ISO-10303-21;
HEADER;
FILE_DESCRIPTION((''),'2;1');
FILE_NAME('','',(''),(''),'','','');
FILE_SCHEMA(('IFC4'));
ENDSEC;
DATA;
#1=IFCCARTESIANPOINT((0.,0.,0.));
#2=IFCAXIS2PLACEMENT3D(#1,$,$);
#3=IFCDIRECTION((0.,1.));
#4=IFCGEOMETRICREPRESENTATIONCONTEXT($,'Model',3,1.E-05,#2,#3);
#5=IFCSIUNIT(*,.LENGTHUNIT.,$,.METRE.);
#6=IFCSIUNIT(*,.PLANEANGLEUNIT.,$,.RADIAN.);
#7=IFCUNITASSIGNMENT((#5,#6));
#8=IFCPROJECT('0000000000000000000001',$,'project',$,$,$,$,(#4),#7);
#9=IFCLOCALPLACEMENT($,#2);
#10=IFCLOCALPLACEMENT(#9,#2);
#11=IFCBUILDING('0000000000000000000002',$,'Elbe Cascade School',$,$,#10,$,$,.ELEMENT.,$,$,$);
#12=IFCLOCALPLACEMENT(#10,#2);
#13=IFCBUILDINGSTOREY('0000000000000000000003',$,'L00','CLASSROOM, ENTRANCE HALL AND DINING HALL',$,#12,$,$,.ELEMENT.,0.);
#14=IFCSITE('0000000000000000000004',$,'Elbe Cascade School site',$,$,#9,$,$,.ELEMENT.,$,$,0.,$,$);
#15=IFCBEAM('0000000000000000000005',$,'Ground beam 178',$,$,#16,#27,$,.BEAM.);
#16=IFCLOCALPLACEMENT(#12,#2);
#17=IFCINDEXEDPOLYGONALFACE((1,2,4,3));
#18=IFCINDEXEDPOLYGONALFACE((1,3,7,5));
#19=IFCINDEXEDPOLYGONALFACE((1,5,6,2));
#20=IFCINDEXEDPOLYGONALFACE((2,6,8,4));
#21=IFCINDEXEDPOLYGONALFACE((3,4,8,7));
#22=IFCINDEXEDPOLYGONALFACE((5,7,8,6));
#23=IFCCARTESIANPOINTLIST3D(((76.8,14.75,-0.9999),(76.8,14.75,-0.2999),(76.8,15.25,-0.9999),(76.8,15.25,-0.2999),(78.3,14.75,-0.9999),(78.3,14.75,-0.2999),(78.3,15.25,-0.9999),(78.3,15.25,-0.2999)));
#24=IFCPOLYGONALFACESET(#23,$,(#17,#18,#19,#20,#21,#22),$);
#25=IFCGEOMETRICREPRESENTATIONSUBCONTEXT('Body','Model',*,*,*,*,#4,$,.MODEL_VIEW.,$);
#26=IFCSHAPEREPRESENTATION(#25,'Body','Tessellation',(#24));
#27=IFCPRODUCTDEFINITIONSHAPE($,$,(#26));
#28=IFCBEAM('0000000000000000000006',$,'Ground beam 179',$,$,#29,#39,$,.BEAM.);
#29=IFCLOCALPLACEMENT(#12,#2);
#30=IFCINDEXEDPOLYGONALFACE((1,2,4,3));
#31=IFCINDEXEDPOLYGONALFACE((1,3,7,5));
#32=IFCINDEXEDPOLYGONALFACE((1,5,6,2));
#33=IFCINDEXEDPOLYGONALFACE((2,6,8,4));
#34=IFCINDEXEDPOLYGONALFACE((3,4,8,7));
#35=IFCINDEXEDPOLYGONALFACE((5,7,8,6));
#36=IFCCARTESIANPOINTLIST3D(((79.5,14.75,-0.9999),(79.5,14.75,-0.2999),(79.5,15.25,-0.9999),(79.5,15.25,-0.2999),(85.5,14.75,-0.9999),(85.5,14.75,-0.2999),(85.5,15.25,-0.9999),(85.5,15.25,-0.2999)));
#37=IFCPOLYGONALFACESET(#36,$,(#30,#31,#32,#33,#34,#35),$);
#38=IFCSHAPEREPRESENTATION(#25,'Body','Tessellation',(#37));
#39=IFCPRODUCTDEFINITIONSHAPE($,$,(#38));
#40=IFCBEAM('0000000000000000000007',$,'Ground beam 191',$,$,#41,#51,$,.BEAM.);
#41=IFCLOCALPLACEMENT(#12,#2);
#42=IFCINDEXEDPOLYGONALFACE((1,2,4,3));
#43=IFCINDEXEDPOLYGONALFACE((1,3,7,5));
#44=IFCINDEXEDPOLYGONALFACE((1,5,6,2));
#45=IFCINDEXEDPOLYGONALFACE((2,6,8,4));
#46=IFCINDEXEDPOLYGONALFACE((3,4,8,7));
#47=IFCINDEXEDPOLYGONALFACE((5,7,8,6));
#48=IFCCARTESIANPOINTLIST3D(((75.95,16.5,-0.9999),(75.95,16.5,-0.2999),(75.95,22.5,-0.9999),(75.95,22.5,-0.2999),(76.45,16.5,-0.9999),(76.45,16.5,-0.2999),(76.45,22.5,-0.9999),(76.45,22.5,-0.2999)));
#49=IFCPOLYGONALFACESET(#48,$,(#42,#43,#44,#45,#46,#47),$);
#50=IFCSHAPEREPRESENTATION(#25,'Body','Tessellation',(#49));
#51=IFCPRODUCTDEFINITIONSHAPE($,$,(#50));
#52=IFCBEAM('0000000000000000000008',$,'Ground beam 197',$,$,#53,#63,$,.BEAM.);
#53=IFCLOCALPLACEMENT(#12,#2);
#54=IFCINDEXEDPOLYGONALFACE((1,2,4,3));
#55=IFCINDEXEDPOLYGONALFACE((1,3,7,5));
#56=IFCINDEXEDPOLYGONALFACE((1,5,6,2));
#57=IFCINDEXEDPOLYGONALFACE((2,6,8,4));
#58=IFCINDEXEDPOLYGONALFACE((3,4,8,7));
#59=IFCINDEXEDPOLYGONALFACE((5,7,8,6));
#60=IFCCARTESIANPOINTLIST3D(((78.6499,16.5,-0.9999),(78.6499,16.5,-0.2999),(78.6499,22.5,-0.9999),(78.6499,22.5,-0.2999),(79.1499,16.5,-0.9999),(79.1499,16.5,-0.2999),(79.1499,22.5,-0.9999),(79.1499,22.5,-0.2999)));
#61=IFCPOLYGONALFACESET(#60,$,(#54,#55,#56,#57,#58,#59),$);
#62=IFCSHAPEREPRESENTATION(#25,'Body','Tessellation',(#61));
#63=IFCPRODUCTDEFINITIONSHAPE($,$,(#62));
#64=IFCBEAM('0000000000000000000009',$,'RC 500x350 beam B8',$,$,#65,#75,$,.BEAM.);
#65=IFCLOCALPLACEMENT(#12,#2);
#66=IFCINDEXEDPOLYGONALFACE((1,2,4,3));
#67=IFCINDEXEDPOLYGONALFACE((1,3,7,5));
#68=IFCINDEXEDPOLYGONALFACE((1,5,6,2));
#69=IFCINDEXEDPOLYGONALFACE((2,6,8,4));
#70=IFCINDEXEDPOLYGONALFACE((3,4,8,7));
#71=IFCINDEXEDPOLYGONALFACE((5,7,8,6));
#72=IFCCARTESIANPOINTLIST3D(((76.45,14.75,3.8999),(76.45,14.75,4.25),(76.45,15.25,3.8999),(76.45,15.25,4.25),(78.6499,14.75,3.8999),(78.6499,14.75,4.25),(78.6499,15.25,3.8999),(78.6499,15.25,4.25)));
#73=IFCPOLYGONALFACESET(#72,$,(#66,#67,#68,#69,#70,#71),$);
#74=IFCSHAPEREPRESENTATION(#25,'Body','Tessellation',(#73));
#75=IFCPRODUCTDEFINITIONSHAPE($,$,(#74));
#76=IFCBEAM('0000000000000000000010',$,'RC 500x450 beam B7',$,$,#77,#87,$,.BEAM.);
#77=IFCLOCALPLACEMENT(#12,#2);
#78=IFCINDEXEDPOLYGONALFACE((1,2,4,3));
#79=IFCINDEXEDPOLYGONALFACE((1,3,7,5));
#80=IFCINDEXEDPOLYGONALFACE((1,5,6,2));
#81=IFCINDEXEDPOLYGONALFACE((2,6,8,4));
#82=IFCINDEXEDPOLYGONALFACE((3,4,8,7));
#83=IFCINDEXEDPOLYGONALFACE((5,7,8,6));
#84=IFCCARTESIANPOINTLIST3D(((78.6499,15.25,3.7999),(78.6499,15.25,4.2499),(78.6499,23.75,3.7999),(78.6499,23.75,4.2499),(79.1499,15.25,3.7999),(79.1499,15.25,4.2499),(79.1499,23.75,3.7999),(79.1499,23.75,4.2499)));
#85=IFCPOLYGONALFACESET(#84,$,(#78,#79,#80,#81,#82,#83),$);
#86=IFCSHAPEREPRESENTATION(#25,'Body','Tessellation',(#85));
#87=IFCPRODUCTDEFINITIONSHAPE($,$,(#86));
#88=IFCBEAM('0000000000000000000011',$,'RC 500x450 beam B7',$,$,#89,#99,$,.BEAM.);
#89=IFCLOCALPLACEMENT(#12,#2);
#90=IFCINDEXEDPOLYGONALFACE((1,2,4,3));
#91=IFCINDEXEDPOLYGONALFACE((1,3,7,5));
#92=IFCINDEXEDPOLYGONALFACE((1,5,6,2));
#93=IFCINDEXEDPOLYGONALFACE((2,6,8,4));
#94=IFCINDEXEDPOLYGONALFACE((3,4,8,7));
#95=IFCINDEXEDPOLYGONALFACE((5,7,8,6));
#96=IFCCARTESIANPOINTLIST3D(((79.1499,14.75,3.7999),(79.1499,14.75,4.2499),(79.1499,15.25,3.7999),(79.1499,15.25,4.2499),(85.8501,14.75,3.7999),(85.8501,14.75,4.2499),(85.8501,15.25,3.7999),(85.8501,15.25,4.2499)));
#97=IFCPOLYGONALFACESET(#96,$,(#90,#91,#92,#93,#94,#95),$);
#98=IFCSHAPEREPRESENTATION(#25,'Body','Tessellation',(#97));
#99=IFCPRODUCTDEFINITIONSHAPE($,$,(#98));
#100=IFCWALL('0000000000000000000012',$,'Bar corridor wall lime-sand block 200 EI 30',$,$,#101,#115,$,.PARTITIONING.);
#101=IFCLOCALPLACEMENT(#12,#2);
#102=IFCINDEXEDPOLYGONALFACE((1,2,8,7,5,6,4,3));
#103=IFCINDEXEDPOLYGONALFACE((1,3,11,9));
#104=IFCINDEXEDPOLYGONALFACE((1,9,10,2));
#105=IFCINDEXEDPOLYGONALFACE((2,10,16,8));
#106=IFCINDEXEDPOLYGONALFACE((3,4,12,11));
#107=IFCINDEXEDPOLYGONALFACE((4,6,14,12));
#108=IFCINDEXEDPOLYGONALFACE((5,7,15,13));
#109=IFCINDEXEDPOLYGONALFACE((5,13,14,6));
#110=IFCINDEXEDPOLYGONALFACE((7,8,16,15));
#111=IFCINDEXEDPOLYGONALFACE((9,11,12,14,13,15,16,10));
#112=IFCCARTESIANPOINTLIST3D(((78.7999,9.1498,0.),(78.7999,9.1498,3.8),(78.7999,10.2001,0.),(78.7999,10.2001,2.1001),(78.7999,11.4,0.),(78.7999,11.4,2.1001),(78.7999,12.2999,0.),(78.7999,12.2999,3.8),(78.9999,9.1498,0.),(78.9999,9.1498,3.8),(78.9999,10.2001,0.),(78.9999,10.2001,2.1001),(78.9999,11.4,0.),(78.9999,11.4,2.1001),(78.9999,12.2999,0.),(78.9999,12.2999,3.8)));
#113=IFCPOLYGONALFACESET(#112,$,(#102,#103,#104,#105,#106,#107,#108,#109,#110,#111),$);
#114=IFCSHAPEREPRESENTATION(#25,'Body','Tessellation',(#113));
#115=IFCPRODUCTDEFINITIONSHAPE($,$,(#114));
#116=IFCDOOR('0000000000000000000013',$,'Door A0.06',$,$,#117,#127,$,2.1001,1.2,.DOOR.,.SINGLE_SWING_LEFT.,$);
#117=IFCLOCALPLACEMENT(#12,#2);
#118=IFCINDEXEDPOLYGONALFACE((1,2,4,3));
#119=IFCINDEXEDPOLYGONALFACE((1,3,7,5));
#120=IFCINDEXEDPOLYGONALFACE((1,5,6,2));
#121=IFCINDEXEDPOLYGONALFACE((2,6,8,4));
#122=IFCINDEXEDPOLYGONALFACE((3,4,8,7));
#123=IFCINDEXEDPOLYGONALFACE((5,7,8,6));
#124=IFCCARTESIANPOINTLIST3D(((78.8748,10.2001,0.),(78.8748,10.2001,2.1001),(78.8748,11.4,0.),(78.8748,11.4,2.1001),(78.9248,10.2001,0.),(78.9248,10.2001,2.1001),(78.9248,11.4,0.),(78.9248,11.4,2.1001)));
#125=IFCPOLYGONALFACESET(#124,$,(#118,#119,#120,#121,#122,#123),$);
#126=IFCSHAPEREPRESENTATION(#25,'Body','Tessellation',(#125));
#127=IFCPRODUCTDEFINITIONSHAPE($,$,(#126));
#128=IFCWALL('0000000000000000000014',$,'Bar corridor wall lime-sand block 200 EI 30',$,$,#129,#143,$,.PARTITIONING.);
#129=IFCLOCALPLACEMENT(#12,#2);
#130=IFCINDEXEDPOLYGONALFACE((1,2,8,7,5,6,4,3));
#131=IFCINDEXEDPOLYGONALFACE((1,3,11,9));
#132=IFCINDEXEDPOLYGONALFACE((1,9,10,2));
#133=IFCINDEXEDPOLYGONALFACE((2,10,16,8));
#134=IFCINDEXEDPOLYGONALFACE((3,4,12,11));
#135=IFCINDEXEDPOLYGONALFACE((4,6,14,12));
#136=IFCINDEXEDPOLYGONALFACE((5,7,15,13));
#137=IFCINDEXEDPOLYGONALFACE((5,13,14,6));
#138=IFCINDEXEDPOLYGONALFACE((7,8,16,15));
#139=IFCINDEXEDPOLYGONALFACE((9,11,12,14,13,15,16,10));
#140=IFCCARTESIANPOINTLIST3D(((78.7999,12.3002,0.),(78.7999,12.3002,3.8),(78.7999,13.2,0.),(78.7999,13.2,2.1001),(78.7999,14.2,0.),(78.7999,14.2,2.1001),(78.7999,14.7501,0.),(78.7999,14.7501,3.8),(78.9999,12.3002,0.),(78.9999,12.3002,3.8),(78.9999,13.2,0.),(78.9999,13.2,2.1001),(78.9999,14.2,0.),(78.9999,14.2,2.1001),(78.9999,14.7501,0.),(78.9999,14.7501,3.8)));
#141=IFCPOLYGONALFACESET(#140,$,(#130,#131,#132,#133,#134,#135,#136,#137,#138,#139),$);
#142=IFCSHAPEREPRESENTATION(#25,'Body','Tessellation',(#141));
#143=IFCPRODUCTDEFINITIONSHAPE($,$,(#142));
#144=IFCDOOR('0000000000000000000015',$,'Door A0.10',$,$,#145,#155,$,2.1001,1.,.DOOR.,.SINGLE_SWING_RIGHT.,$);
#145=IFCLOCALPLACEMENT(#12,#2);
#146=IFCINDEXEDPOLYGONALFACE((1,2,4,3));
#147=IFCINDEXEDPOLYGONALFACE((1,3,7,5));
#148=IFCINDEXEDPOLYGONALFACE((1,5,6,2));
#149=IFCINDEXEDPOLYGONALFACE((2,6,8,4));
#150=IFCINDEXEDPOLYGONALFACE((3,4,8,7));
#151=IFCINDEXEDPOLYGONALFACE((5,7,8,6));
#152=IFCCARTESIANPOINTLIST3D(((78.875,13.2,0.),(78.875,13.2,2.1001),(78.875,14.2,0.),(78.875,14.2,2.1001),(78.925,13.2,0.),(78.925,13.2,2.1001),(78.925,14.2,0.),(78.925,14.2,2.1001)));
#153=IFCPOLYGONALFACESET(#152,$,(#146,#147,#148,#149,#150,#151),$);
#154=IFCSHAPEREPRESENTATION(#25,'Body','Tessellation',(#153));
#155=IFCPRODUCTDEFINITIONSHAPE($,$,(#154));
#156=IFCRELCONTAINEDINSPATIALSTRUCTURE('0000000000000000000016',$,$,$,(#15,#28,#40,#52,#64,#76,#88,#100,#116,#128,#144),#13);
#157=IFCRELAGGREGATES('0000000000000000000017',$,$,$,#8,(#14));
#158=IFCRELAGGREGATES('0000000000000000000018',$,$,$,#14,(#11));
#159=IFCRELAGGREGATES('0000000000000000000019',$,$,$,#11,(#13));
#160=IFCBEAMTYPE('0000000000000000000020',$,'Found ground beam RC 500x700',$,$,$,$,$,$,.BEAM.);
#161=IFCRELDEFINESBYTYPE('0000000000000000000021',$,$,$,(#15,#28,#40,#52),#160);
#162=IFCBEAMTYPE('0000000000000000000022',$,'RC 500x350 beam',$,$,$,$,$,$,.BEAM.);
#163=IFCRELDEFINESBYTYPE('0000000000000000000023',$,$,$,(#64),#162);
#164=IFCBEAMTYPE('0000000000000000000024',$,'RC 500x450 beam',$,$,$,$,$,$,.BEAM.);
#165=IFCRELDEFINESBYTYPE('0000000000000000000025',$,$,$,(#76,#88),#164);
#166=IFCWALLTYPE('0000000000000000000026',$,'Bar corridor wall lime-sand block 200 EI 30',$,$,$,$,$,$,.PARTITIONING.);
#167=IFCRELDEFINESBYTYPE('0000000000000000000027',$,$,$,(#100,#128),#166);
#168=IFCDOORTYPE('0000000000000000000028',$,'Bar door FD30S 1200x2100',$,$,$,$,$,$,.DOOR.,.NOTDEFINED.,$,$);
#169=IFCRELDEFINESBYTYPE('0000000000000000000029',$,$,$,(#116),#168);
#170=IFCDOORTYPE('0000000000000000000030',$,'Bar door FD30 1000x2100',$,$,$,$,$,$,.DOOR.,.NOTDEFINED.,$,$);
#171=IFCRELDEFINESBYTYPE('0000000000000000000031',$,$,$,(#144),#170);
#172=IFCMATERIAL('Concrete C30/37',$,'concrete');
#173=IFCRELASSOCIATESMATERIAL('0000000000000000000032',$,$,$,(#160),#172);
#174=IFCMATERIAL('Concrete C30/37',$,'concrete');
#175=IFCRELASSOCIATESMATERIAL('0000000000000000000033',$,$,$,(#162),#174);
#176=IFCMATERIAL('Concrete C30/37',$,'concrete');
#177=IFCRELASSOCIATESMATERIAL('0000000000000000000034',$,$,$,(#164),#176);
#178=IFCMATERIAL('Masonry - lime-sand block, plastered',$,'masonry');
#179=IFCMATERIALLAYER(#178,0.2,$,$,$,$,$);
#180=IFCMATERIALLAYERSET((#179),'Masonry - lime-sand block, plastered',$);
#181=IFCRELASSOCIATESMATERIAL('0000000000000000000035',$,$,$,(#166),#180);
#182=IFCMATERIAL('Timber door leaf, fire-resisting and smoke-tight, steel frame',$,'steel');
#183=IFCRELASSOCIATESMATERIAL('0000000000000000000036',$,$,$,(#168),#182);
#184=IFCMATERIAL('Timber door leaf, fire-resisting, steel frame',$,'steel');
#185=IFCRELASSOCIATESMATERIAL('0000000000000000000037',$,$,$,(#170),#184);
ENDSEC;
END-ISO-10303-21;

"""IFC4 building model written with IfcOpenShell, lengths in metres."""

from ifc_helpers import new_model, si_unit, direction, frame, frame_2d, origin, origin_2d, place, context, subcontext, project, spatial, rectangle, extrude, material, layer, layer_set, material_profile, profile_set, type_object, element, fill, save


model = new_model("IFC4")

# Units and contexts
model_context = context("Model", 3, precision=1e-05, world=origin(), true_north=direction((0.0, 1.0)))
body_context = subcontext(model_context, "Body", "Model", "MODEL_VIEW")
ifc_project = project(units=[si_unit("LENGTHUNIT", "METRE"), si_unit("PLANEANGLEUNIT", "RADIAN")], contexts=[model_context])

# Site, building, storey
site_placement = place(None, origin())
site = spatial("IfcSite", under=ifc_project, at=site_placement, Name="Elbe Cascade School site", CompositionType="ELEMENT", RefElevation=0.0)
building_placement = place(site_placement, origin())
building = spatial("IfcBuilding", under=site, at=building_placement, Name="Elbe Cascade School", CompositionType="ELEMENT")
storey_placement = place(building_placement, origin())
storey = spatial("IfcBuildingStorey", under=building, at=storey_placement, Name="L00", Description="CLASSROOM, ENTRANCE HALL AND DINING HALL", CompositionType="ELEMENT", Elevation=0.0)

# Beams
ifc_material_1 = material(Name="Concrete C30/37", Category="concrete")
ifc_material_profile_1 = material_profile(ifc_material_1, rectangle(XDim=0.5, YDim=0.7, at=origin_2d()), Name="RC 500x700")
ifc_profile_set_1 = profile_set([ifc_material_profile_1], Name="Concrete C30/37")
beam_type_1 = type_object("IfcBeamType", Name="Found ground beam RC 500x700", PredefinedType="BEAM", material=ifc_profile_set_1)
beam_1_placement = place(storey_placement, frame((76.8, 15.0, -0.6499), z_axis=(1.0, 0.0, 0.0), x_axis=(0.0, 1.0, 0.0)))
element("IfcBeam", 1, at=beam_1_placement, inside=storey, type_object=beam_type_1, Name="Ground beam 178", PredefinedType="BEAM", context=body_context, shape_type="SweptSolid", body=[
    extrude(rectangle(XDim=0.5, YDim=0.7, at=origin_2d()), origin(), (0.0, 0.0, 1.0), 1.5),
])
for number, where, z_axis, x_axis, name in (
    (2, (79.5, 15.0, -0.6499), (1.0, 0.0, 0.0), (0.0, 1.0, 0.0), "Ground beam 179"),
    (3, (76.2, 16.5, -0.6499), (0.0, 1.0, 0.0), (-1.0, 0.0, 0.0), "Ground beam 191"),
    (4, (78.8999, 16.5, -0.6499), (0.0, 1.0, 0.0), (-1.0, 0.0, 0.0), "Ground beam 197"),
):
    element("IfcBeam", number, at=place(storey_placement, frame(where, z_axis=z_axis, x_axis=x_axis)), inside=storey, type_object=beam_type_1, Name=name, PredefinedType="BEAM", context=body_context, shape_type="SweptSolid", body=[
        extrude(rectangle(XDim=0.5, YDim=0.7, at=origin_2d()), origin(), (0.0, 0.0, 1.0), 6.0),
    ])
ifc_material_2 = material(Name="Concrete C30/37", Category="concrete")
ifc_material_profile_2 = material_profile(ifc_material_2, rectangle(XDim=0.5, YDim=0.3501, at=origin_2d()), Name="RC 500x350")
ifc_profile_set_2 = profile_set([ifc_material_profile_2], Name="Concrete C30/37")
beam_type_2 = type_object("IfcBeamType", Name="RC 500x350 beam", PredefinedType="BEAM", material=ifc_profile_set_2)
beam_2_placement = place(storey_placement, frame((76.45, 15.0, 4.075), z_axis=(1.0, 0.0, 0.0), x_axis=(0.0, 1.0, 0.0)))
element("IfcBeam", 5, at=beam_2_placement, inside=storey, type_object=beam_type_2, Name="RC 500x350 beam B8", PredefinedType="BEAM", context=body_context, shape_type="SweptSolid", body=[
    extrude(rectangle(XDim=0.5, YDim=0.3501, at=origin_2d()), origin(), (0.0, 0.0, 1.0), 2.2),
])
ifc_material_3 = material(Name="Concrete C30/37", Category="concrete")
ifc_material_profile_3 = material_profile(ifc_material_3, rectangle(XDim=0.5, YDim=0.45, at=origin_2d()), Name="RC 500x450")
ifc_profile_set_3 = profile_set([ifc_material_profile_3], Name="Concrete C30/37")
beam_type_3 = type_object("IfcBeamType", Name="RC 500x450 beam", PredefinedType="BEAM", material=ifc_profile_set_3)
beam_3_placement = place(storey_placement, frame((78.8999, 15.25, 4.0249), z_axis=(0.0, 1.0, 0.0), x_axis=(-1.0, 0.0, 0.0)))
element("IfcBeam", 6, at=beam_3_placement, inside=storey, type_object=beam_type_3, Name="RC 500x450 beam B7", PredefinedType="BEAM", context=body_context, shape_type="SweptSolid", body=[
    extrude(rectangle(XDim=0.5, YDim=0.45, at=origin_2d()), origin(), (0.0, 0.0, 1.0), 8.5),
])
beam_4_placement = place(storey_placement, frame((79.1499, 15.0, 4.0249), z_axis=(1.0, 0.0, 0.0), x_axis=(0.0, 1.0, 0.0)))
element("IfcBeam", 7, at=beam_4_placement, inside=storey, type_object=beam_type_3, Name="RC 500x450 beam B7", PredefinedType="BEAM", context=body_context, shape_type="SweptSolid", body=[
    extrude(rectangle(XDim=0.5, YDim=0.45, at=origin_2d()), origin(), (0.0, 0.0, 1.0), 6.7002),
])

# Walls, openings, doors
ifc_material_4 = material(Name="Masonry - lime-sand block, plastered", Category="masonry")
ifc_layer_1 = layer(ifc_material_4, 0.2)
ifc_layer_set_1 = layer_set([ifc_layer_1], Name="Masonry - lime-sand block, plastered")
wall_type_1 = type_object("IfcWallType", Name="Bar corridor wall lime-sand block 200 EI 30", PredefinedType="PARTITIONING", material=ifc_layer_set_1)
wall_1_placement = place(storey_placement, frame((78.8999, 12.3, 0.0), z_axis=(0.0, 0.0, 1.0), x_axis=(0.0, -1.0, 0.0)))
wall_1 = element("IfcWall", 8, at=wall_1_placement, inside=storey, type_object=wall_type_1, Name="Bar corridor wall lime-sand block 200 EI 30", PredefinedType="PARTITIONING", context=body_context, shape_type="SweptSolid", body=[
    extrude(rectangle(XDim=3.1501, YDim=0.2, at=frame_2d((1.5752, 0.0))), origin(), (0.0, 0.0, 1.0), 3.8),
])
opening_1_placement = place(wall_1_placement, frame((0.8999, 0.0, 0.0)))
opening_1 = element("IfcOpeningElement", 9, at=opening_1_placement, cuts=wall_1, PredefinedType="OPENING", context=body_context, shape_type="SweptSolid", body=[
    extrude(rectangle(XDim=1.2, YDim=2.1001, at=frame_2d((0.6001, 1.05))), frame((0.0, 0.1099, 0.0), z_axis=(0.0, -1.0, 0.0), x_axis=(1.0, 0.0, 0.0)), (0.0, 0.0, 1.0), 0.22),
])
ifc_material_5 = material(Name="Timber door leaf, fire-resisting and smoke-tight, steel frame", Category="steel")
door_type_1 = type_object("IfcDoorType", Name="Bar door FD30S 1200x2100", OperationType="NOTDEFINED", PredefinedType="DOOR", material=ifc_material_5)
door_1_placement = place(opening_1_placement, origin())
door_1 = element("IfcDoor", 10, at=door_1_placement, inside=storey, type_object=door_type_1, Name="Door A0.06", OperationType="SINGLE_SWING_LEFT", OverallHeight=2.1001, OverallWidth=1.2, PredefinedType="DOOR", context=body_context, shape_type="SweptSolid", body=[
    extrude(rectangle(XDim=1.2, YDim=2.1001, at=frame_2d((0.6001, 1.05))), frame((0.0, 0.0249, 0.0), z_axis=(0.0, -1.0, 0.0), x_axis=(1.0, 0.0, 0.0)), (0.0, 0.0, 1.0), 0.05),
])
fill(opening_1, door_1)
wall_2_placement = place(storey_placement, frame((78.8999, 12.3, 0.0), z_axis=(0.0, 0.0, 1.0), x_axis=(0.0, 1.0, 0.0)))
wall_2 = element("IfcWall", 11, at=wall_2_placement, inside=storey, type_object=wall_type_1, Name="Bar corridor wall lime-sand block 200 EI 30", PredefinedType="PARTITIONING", context=body_context, shape_type="SweptSolid", body=[
    extrude(rectangle(XDim=2.45, YDim=0.2, at=frame_2d((1.2251, 0.0))), origin(), (0.0, 0.0, 1.0), 3.8),
])
opening_2_placement = place(wall_2_placement, frame((0.8999, 0.0, 0.0)))
opening_2 = element("IfcOpeningElement", 12, at=opening_2_placement, cuts=wall_2, PredefinedType="OPENING", context=body_context, shape_type="SweptSolid", body=[
    extrude(rectangle(XDim=1.0, YDim=2.1001, at=frame_2d((0.5, 1.05))), frame((0.0, 0.1099, 0.0), z_axis=(0.0, -1.0, 0.0), x_axis=(1.0, 0.0, 0.0)), (0.0, 0.0, 1.0), 0.22),
])
ifc_material_6 = material(Name="Timber door leaf, fire-resisting, steel frame", Category="steel")
door_type_2 = type_object("IfcDoorType", Name="Bar door FD30 1000x2100", OperationType="NOTDEFINED", PredefinedType="DOOR", material=ifc_material_6)
door_2_placement = place(opening_2_placement, origin())
door_2 = element("IfcDoor", 13, at=door_2_placement, inside=storey, type_object=door_type_2, Name="Door A0.10", OperationType="SINGLE_SWING_RIGHT", OverallHeight=2.1001, OverallWidth=1.0, PredefinedType="DOOR", context=body_context, shape_type="SweptSolid", body=[
    extrude(rectangle(XDim=1.0, YDim=2.1001, at=frame_2d((0.5, 1.05))), frame((0.0, 0.0249, 0.0), z_axis=(0.0, -1.0, 0.0), x_axis=(1.0, 0.0, 0.0)), (0.0, 0.0, 1.0), 0.05),
])
fill(opening_2, door_2)

save(model, "model.ifc")
